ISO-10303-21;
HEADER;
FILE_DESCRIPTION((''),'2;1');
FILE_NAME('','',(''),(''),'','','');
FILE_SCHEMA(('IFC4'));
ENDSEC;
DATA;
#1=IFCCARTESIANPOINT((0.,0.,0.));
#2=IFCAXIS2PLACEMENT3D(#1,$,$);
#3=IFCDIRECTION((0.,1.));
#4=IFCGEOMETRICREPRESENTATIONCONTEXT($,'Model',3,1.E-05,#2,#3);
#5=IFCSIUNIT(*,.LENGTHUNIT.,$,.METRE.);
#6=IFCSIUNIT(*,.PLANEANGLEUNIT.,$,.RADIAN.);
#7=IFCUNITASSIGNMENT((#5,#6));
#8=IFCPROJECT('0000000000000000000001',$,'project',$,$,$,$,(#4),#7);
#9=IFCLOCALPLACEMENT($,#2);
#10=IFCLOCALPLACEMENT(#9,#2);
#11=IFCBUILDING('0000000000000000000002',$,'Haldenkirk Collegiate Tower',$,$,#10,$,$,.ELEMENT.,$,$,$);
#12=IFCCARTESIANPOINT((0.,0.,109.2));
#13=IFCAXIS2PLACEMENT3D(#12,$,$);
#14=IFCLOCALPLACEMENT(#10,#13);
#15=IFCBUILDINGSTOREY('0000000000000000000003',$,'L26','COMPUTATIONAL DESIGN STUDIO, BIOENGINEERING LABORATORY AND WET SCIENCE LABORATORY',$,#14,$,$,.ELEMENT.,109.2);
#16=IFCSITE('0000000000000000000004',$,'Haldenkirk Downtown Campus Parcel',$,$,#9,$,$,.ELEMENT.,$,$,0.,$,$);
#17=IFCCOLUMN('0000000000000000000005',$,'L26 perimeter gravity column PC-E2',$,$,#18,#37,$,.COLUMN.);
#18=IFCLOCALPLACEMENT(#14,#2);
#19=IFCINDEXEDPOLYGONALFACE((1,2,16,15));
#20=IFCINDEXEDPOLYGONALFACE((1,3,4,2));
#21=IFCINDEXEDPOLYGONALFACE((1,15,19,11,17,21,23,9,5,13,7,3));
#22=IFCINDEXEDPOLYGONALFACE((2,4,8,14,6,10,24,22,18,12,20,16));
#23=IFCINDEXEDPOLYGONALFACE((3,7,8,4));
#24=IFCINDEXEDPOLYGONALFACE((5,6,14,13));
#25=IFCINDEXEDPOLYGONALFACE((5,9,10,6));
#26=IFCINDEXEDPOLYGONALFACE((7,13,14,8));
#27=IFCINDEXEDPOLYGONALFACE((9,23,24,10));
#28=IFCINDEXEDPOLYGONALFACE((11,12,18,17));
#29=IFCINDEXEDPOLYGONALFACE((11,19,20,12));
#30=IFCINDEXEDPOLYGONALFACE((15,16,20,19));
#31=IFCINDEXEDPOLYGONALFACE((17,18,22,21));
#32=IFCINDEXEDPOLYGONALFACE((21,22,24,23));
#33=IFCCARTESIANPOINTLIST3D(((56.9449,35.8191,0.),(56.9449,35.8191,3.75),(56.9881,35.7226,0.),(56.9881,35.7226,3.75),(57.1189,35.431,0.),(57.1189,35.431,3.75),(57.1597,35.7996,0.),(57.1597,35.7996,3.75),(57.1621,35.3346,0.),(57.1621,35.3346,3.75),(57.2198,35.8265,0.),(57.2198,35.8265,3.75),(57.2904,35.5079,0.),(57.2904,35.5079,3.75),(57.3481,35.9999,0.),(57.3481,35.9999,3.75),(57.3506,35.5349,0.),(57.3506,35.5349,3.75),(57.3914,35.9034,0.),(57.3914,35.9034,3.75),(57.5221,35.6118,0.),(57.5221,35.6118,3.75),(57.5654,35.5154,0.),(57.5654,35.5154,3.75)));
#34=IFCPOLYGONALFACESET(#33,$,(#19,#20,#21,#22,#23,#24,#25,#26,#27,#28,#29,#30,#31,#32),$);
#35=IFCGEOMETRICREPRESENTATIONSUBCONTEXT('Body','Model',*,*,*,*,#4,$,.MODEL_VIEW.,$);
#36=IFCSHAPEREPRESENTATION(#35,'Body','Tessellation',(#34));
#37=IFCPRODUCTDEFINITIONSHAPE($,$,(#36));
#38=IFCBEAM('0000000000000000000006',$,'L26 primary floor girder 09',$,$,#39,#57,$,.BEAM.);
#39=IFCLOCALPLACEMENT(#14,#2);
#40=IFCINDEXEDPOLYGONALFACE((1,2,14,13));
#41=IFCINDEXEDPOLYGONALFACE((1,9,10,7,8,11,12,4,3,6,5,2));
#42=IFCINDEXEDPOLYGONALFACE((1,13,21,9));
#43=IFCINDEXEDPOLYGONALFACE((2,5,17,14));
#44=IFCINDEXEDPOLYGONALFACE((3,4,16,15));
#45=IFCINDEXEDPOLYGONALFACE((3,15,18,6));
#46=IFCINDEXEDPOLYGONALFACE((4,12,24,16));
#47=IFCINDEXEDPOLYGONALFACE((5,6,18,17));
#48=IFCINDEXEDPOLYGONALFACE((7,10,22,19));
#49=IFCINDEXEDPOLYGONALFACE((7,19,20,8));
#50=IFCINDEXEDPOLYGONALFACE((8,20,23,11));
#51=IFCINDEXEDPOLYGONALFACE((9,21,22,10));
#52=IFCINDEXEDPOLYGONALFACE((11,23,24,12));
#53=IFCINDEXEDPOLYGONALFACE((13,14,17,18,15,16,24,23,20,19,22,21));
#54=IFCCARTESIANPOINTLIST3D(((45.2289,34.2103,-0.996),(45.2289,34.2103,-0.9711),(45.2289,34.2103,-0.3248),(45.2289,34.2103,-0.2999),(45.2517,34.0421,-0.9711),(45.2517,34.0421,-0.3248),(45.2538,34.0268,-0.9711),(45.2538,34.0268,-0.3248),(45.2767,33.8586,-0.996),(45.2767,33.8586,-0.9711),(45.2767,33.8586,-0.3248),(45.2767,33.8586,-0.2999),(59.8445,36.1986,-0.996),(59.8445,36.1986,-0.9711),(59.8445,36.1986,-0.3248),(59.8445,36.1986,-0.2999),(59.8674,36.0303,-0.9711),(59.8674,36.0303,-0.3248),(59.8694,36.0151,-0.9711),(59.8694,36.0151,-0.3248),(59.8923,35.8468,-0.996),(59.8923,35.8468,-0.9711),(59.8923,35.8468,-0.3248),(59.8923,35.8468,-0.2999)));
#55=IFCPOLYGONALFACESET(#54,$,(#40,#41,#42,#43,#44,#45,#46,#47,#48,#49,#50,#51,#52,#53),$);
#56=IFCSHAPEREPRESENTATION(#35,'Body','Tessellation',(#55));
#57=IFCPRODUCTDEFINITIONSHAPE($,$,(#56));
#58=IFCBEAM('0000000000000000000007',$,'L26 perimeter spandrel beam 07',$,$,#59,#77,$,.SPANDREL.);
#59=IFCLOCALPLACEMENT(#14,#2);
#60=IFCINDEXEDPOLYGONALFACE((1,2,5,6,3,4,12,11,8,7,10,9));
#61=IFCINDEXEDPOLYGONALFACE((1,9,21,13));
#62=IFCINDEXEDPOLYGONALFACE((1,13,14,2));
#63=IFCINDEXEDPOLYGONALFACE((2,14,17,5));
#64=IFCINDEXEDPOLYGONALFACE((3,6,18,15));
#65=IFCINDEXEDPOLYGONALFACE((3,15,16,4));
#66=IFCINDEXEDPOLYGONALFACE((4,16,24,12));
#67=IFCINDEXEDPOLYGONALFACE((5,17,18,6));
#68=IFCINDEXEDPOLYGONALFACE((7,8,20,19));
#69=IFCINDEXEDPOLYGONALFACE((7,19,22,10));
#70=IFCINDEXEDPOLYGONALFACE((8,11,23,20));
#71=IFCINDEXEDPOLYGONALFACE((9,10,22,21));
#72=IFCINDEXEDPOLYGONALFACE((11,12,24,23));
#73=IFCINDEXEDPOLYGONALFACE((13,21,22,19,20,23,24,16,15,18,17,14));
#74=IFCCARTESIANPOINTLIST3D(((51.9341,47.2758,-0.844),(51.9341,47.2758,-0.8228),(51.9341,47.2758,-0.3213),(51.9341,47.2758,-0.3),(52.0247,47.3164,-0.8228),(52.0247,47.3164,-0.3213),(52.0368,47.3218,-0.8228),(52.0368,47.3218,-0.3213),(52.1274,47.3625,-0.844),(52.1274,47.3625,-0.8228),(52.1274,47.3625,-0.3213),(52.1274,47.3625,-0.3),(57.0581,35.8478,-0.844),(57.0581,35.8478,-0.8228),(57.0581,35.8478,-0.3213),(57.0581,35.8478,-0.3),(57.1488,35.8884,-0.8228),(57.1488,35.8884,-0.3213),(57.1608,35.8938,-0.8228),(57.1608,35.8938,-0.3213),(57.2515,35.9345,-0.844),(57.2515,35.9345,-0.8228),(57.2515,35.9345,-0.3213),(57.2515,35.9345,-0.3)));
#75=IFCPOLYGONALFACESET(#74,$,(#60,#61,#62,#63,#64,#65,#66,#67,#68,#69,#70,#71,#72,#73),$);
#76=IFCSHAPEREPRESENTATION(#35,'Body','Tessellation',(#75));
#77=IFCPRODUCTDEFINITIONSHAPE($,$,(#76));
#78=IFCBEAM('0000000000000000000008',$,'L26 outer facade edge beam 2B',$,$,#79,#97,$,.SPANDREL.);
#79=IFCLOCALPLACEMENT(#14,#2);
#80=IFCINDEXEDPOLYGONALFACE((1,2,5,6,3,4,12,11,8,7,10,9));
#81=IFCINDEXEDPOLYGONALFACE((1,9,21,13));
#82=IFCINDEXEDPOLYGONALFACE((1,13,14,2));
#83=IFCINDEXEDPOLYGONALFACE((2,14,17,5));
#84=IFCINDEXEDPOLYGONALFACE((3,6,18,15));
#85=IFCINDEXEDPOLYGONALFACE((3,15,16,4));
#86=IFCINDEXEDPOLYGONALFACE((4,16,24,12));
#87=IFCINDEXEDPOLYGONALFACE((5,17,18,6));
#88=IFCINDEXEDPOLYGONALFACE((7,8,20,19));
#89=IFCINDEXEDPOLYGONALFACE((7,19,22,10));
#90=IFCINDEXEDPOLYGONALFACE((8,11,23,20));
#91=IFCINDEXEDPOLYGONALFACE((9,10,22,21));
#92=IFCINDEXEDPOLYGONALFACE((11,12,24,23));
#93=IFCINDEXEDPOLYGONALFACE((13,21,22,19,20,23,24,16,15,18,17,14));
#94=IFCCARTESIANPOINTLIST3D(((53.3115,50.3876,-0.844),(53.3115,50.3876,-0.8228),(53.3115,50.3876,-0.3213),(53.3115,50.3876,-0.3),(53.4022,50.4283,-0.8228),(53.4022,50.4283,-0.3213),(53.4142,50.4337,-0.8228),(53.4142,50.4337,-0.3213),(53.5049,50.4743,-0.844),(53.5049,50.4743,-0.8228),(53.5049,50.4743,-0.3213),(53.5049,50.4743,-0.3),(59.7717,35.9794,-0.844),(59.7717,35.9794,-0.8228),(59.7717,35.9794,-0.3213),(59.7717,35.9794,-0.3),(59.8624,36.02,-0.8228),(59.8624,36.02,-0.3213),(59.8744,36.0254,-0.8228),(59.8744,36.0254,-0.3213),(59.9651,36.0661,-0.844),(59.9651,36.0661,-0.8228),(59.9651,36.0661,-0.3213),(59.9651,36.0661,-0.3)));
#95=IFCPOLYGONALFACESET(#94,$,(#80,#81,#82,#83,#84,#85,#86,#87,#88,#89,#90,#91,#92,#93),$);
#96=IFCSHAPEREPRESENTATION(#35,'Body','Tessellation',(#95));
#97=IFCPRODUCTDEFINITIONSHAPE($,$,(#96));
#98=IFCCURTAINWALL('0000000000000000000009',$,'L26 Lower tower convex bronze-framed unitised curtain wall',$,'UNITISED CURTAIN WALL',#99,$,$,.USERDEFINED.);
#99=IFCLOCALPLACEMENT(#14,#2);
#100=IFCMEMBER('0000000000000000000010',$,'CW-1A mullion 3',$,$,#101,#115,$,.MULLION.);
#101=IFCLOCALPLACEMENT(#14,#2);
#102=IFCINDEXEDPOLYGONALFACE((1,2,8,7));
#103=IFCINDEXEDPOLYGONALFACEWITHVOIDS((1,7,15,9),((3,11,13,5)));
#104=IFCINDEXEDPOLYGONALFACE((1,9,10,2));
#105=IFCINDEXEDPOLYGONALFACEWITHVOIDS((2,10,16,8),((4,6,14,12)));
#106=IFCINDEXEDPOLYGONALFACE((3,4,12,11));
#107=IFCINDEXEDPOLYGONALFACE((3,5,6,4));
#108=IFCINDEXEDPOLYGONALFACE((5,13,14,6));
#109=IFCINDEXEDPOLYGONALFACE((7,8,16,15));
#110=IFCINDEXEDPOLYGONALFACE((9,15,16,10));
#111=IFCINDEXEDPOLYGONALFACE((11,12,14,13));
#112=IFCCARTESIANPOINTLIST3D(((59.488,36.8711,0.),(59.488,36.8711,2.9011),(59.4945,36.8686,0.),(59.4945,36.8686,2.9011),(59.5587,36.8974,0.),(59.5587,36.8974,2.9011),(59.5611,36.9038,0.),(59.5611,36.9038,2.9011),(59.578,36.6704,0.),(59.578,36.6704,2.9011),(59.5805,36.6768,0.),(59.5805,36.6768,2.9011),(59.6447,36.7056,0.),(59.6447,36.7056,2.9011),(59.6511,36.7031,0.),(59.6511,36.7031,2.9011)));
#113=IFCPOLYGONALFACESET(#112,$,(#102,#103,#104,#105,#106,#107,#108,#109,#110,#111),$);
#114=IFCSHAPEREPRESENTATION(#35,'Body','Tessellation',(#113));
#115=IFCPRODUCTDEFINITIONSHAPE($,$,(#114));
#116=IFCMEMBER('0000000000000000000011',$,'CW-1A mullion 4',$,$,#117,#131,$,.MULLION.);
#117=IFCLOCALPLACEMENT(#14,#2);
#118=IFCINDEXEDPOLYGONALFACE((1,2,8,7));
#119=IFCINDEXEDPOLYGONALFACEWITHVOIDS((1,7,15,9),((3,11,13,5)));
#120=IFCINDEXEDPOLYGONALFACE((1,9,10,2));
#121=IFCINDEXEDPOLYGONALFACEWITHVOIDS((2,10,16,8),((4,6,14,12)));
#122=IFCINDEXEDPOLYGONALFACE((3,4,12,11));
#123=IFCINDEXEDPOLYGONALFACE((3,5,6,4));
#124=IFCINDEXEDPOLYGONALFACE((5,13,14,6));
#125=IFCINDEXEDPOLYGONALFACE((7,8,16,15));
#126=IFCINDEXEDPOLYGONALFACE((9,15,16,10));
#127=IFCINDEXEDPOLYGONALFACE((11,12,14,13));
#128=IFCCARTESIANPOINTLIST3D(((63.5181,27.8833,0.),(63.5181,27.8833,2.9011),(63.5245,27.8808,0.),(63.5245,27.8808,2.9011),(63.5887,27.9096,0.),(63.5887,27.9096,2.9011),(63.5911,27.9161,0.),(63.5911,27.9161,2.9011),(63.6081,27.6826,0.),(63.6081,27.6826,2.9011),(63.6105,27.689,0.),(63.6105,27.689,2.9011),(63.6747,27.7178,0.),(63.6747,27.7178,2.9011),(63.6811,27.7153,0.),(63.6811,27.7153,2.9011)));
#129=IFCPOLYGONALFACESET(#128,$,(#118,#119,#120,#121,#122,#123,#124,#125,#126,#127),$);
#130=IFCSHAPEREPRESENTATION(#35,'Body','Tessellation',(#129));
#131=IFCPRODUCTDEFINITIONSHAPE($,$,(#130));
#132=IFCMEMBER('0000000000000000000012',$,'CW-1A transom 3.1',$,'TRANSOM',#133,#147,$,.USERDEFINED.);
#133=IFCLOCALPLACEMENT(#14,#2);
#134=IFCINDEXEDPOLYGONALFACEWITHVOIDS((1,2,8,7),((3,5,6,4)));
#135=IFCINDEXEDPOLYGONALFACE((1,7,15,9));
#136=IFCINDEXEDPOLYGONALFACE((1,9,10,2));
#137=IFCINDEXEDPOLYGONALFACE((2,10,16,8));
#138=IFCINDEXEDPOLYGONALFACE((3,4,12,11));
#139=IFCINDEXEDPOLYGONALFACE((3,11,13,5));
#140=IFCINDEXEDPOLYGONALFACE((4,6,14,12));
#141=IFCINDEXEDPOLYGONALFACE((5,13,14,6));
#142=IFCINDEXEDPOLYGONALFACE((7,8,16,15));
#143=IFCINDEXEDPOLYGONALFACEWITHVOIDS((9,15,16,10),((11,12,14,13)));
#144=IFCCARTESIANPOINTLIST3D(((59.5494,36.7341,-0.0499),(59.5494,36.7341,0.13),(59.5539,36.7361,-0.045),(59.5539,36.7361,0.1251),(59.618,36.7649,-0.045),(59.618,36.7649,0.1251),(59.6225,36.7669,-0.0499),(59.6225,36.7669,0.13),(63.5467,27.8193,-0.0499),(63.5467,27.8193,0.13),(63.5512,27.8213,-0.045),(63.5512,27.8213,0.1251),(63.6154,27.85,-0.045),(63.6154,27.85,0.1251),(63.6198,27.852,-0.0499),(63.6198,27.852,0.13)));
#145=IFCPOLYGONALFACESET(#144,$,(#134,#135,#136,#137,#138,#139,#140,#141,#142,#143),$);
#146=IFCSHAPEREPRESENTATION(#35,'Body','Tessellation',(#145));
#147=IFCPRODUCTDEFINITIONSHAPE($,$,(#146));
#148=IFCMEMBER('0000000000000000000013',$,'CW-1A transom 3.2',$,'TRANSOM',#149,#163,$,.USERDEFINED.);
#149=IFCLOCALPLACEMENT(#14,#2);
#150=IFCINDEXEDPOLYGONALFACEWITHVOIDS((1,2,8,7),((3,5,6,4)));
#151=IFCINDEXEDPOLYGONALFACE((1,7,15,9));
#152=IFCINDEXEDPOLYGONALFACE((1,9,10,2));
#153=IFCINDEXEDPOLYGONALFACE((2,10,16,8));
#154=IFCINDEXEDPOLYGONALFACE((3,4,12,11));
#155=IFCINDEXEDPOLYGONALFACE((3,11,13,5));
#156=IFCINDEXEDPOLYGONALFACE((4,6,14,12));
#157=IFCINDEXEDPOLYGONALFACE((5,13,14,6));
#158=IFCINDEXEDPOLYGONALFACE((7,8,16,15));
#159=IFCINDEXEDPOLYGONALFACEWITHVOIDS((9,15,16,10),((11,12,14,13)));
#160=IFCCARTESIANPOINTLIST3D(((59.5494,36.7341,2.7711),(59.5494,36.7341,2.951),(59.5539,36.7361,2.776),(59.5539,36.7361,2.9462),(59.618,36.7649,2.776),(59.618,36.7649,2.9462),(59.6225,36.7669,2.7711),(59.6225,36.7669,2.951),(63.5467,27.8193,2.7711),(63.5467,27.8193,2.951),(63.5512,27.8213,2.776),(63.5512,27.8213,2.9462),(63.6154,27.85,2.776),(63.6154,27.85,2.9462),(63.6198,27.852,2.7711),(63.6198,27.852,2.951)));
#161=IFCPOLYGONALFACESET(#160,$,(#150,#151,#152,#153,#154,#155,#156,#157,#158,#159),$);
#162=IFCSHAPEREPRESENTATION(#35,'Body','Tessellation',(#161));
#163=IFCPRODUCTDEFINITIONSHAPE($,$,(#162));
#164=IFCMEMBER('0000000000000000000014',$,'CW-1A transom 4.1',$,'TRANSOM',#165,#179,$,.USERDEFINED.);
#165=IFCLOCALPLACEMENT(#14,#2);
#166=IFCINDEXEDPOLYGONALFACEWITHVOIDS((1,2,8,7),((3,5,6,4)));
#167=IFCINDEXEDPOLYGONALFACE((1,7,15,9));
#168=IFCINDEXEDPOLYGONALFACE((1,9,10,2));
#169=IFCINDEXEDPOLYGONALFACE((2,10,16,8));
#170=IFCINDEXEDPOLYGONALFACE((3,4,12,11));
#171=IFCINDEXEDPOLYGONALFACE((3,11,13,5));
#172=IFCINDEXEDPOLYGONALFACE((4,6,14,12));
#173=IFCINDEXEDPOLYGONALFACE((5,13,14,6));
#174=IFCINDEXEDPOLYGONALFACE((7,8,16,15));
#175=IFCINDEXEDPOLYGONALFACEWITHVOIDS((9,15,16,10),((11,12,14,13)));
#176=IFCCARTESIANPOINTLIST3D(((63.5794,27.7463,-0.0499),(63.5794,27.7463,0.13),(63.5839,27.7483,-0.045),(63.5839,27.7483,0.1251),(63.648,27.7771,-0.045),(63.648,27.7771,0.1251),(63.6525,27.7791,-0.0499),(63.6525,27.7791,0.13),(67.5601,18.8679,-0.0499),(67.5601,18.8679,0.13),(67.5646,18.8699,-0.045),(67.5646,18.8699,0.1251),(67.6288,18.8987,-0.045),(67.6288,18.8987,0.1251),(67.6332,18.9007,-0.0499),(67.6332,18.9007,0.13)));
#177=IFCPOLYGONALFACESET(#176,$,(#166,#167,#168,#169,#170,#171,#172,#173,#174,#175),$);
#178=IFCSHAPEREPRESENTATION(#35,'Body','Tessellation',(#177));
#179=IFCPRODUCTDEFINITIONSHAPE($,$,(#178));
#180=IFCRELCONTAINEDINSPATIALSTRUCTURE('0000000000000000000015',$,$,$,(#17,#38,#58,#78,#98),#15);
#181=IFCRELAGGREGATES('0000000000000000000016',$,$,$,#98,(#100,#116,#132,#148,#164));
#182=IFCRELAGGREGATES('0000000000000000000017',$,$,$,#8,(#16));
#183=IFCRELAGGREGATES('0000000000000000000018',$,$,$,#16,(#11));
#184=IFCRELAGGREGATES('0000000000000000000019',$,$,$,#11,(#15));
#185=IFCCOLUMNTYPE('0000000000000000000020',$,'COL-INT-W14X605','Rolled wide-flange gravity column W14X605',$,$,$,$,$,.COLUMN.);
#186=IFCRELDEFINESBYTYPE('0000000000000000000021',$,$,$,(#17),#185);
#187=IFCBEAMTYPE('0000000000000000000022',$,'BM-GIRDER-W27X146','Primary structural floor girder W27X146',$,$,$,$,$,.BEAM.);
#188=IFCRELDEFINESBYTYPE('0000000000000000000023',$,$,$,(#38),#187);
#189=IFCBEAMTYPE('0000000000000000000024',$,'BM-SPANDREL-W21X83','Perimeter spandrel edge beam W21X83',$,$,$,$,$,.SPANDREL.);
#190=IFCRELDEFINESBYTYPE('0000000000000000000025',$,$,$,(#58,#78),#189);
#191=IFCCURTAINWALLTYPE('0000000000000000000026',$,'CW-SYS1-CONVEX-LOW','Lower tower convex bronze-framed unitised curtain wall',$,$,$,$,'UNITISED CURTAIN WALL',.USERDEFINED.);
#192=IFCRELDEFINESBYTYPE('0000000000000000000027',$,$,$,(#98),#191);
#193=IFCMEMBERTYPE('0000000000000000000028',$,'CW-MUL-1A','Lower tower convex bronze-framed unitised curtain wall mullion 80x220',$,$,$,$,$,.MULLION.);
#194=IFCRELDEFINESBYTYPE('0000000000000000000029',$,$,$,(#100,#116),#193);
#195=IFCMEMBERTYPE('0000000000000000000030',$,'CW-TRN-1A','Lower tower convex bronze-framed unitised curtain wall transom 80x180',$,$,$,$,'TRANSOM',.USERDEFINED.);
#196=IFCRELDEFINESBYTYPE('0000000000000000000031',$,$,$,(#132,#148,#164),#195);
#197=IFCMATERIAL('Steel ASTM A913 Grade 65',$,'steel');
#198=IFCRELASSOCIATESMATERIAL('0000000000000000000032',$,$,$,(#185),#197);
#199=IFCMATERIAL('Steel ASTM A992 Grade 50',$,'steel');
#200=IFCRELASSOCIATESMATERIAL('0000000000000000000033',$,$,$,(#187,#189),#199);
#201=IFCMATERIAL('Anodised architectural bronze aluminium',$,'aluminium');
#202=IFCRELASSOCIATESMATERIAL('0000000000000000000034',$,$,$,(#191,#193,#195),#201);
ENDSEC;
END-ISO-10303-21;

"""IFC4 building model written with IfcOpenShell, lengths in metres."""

from ifc_helpers import new_model, si_unit, direction, frame, origin, origin_2d, place, context, subcontext, project, spatial, hollow_rectangle, i_section, extrude, material, material_profile, profile_set, type_object, element, aggregate, save


model = new_model("IFC4")

# Units and contexts
model_context = context("Model", 3, precision=1e-05, world=origin(), true_north=direction((0.0, 1.0)))
body_context = subcontext(model_context, "Body", "Model", "MODEL_VIEW")
ifc_project = project(units=[si_unit("LENGTHUNIT", "METRE"), si_unit("PLANEANGLEUNIT", "RADIAN")], contexts=[model_context])

# Site, building, storey
site_placement = place(None, origin())
site = spatial("IfcSite", under=ifc_project, at=site_placement, Name="Haldenkirk Downtown Campus Parcel", CompositionType="ELEMENT", RefElevation=0.0)
building_placement = place(site_placement, origin())
building = spatial("IfcBuilding", under=site, at=building_placement, Name="Haldenkirk Collegiate Tower", CompositionType="ELEMENT")
storey_placement = place(building_placement, frame((0.0, 0.0, 109.2)))
storey = spatial("IfcBuildingStorey", under=building, at=storey_placement, Name="L26", Description="COMPUTATIONAL DESIGN STUDIO, BIOENGINEERING LABORATORY AND WET SCIENCE LABORATORY", CompositionType="ELEMENT", Elevation=109.2)

# Column
ifc_material_1 = material(Name="Steel ASTM A913 Grade 65", Category="steel")
ifc_material_profile_1 = material_profile(ifc_material_1, i_section(OverallWidth=0.4419, OverallDepth=0.531, WebThickness=0.0659, FlangeThickness=0.1057, at=origin_2d()), Name="W14X605")
ifc_profile_set_1 = profile_set([ifc_material_profile_1], Name="Steel ASTM A913 Grade 65")
column_type = type_object("IfcColumnType", Name="COL-INT-W14X605", Description="Rolled wide-flange gravity column W14X605", PredefinedType="COLUMN", material=ifc_profile_set_1)
column_placement = place(storey_placement, frame((57.2551, 35.6672, 0.0), z_axis=(0.0, 0.0, 1.0), x_axis=(0.912477, 0.409127, 0.0)))
element("IfcColumn", 1, at=column_placement, inside=storey, type_object=column_type, Name="L26 perimeter gravity column PC-E2", PredefinedType="COLUMN", context=body_context, shape_type="SweptSolid", body=[
    extrude(i_section(OverallWidth=0.4419, OverallDepth=0.531, WebThickness=0.0659, FlangeThickness=0.1057, at=origin_2d()), origin(), (0.0, 0.0, 1.0), 3.75),
])

# Beams
ifc_material_2 = material(Name="Steel ASTM A992 Grade 50", Category="steel")
ifc_material_profile_2 = material_profile(ifc_material_2, i_section(OverallWidth=0.355, OverallDepth=0.696, WebThickness=0.0154, FlangeThickness=0.0249, at=origin_2d()), Name="W27X146")
ifc_profile_set_2 = profile_set([ifc_material_profile_2], Name="Steel ASTM A992 Grade 50")
beam_type_1 = type_object("IfcBeamType", Name="BM-GIRDER-W27X146", Description="Primary structural floor girder W27X146", PredefinedType="BEAM", material=ifc_profile_set_2)
beam_1_placement = place(storey_placement, frame((59.8684, 36.0227, -0.6479), z_axis=(-0.990873, -0.134796, 0.0), x_axis=(0.134796, -0.990873, 0.0)))
element("IfcBeam", 2, at=beam_1_placement, inside=storey, type_object=beam_type_1, Name="L26 primary floor girder 09", PredefinedType="BEAM", context=body_context, shape_type="SweptSolid", body=[
    extrude(i_section(OverallWidth=0.355, OverallDepth=0.696, WebThickness=0.0154, FlangeThickness=0.0249, at=origin_2d()), origin(), (0.0, 0.0, 1.0), 14.7502),
])
ifc_material_profile_3 = material_profile(ifc_material_2, i_section(OverallWidth=0.2119, OverallDepth=0.5439, WebThickness=0.0132, FlangeThickness=0.0212, at=origin_2d()), Name="W21X83")
ifc_profile_set_3 = profile_set([ifc_material_profile_3], Name="Steel ASTM A992 Grade 50")
beam_type_2 = type_object("IfcBeamType", Name="BM-SPANDREL-W21X83", Description="Perimeter spandrel edge beam W21X83", PredefinedType="SPANDREL", material=ifc_profile_set_3)
beam_2_placement = place(storey_placement, frame((57.1548, 35.8911, -0.572), z_axis=(-0.409131, 0.912475, 0.0), x_axis=(-0.912475, -0.409131, 0.0)))
element("IfcBeam", 3, at=beam_2_placement, inside=storey, type_object=beam_type_2, Name="L26 perimeter spandrel beam 07", PredefinedType="SPANDREL", context=body_context, shape_type="SweptSolid", body=[
    extrude(i_section(OverallWidth=0.2119, OverallDepth=0.5439, WebThickness=0.0132, FlangeThickness=0.0212, at=origin_2d()), origin(), (0.0, 0.0, 1.0), 12.5242),
])
beam_3_placement = place(storey_placement, frame((59.8684, 36.0227, -0.572), z_axis=(-0.409127, 0.912477, 0.0), x_axis=(-0.912477, -0.409127, 0.0)))
element("IfcBeam", 4, at=beam_3_placement, inside=storey, type_object=beam_type_2, Name="L26 outer facade edge beam 2B", PredefinedType="SPANDREL", context=body_context, shape_type="SweptSolid", body=[
    extrude(i_section(OverallWidth=0.2119, OverallDepth=0.5439, WebThickness=0.0132, FlangeThickness=0.0212, at=origin_2d()), origin(), (0.0, 0.0, 1.0), 15.7903),
])

# Curtain wall, members
ifc_material_3 = material(Name="Anodised architectural bronze aluminium", Category="aluminium")
curtain_wall_type = type_object("IfcCurtainWallType", Name="CW-SYS1-CONVEX-LOW", Description="Lower tower convex bronze-framed unitised curtain wall", ElementType="UNITISED CURTAIN WALL", PredefinedType="USERDEFINED", material=ifc_material_3)
curtain_wall_placement = place(storey_placement, origin())
curtain_wall = element("IfcCurtainWall", 5, at=curtain_wall_placement, inside=storey, type_object=curtain_wall_type, Name="L26 Lower tower convex bronze-framed unitised curtain wall", ObjectType="UNITISED CURTAIN WALL", PredefinedType="USERDEFINED")
ifc_material_profile_4 = material_profile(ifc_material_3, hollow_rectangle(XDim=0.0801, YDim=0.22, WallThickness=0.0049, at=origin_2d()), Name="CW-MUL-1A")
ifc_profile_set_4 = profile_set([ifc_material_profile_4], Name="Anodised architectural bronze aluminium")
member_type_1 = type_object("IfcMemberType", Name="CW-MUL-1A", Description="Lower tower convex bronze-framed unitised curtain wall mullion 80x220", PredefinedType="MULLION", material=ifc_profile_set_4)
member_1_placement = place(storey_placement, frame((59.5696, 36.7871, 0.0), z_axis=(0.0, 0.0, 1.0), x_axis=(0.912476, 0.409129, 0.0)))
member_1 = element("IfcMember", 6, at=member_1_placement, type_object=member_type_1, Name="CW-1A mullion 3", PredefinedType="MULLION", context=body_context, shape_type="SweptSolid", body=[
    extrude(hollow_rectangle(XDim=0.0801, YDim=0.22, WallThickness=0.0049, at=origin_2d()), origin(), (0.0, 0.0, 1.0), 2.9011),
])
member_2_placement = place(storey_placement, frame((63.5996, 27.7993, 0.0), z_axis=(0.0, 0.0, 1.0), x_axis=(0.912476, 0.409129, 0.0)))
member_2 = element("IfcMember", 7, at=member_2_placement, type_object=member_type_1, Name="CW-1A mullion 4", PredefinedType="MULLION", context=body_context, shape_type="SweptSolid", body=[
    extrude(hollow_rectangle(XDim=0.0801, YDim=0.22, WallThickness=0.0049, at=origin_2d()), origin(), (0.0, 0.0, 1.0), 2.9011),
])
ifc_material_profile_5 = material_profile(ifc_material_3, hollow_rectangle(XDim=0.0801, YDim=0.1799, WallThickness=0.0049, at=origin_2d()), Name="CW-TRN-1A")
ifc_profile_set_5 = profile_set([ifc_material_profile_5], Name="Anodised architectural bronze aluminium")
member_type_2 = type_object("IfcMemberType", Name="CW-TRN-1A", Description="Lower tower convex bronze-framed unitised curtain wall transom 80x180", ElementType="TRANSOM", PredefinedType="USERDEFINED", material=ifc_profile_set_5)
member_3_placement = place(storey_placement, frame((59.5859, 36.7505, 0.04), z_axis=(0.409143, -0.91247, 0.0), x_axis=(0.91247, 0.409143, 0.0)))
member_3 = element("IfcMember", 8, at=member_3_placement, type_object=member_type_2, Name="CW-1A transom 3.1", ObjectType="TRANSOM", PredefinedType="USERDEFINED", context=body_context, shape_type="SweptSolid", body=[
    extrude(hollow_rectangle(XDim=0.0801, YDim=0.1799, WallThickness=0.0049, at=origin_2d()), origin(), (0.0, 0.0, 1.0), 9.77),
])
member_4_placement = place(storey_placement, frame((59.5859, 36.7505, 2.8611), z_axis=(0.409143, -0.91247, 0.0), x_axis=(0.91247, 0.409143, 0.0)))
member_4 = element("IfcMember", 9, at=member_4_placement, type_object=member_type_2, Name="CW-1A transom 3.2", ObjectType="TRANSOM", PredefinedType="USERDEFINED", context=body_context, shape_type="SweptSolid", body=[
    extrude(hollow_rectangle(XDim=0.0801, YDim=0.1799, WallThickness=0.0049, at=origin_2d()), origin(), (0.0, 0.0, 1.0), 9.77),
])
member_5_placement = place(storey_placement, frame((63.616, 27.7627, 0.04), z_axis=(0.409119, -0.912481, 0.0), x_axis=(0.912481, 0.409119, 0.0)))
member_5 = element("IfcMember", 10, at=member_5_placement, type_object=member_type_2, Name="CW-1A transom 4.1", ObjectType="TRANSOM", PredefinedType="USERDEFINED", context=body_context, shape_type="SweptSolid", body=[
    extrude(hollow_rectangle(XDim=0.0801, YDim=0.1799, WallThickness=0.0049, at=origin_2d()), origin(), (0.0, 0.0, 1.0), 9.73),
])
aggregate(curtain_wall, [member_1, member_2, member_3, member_4, member_5])

save(model, "model.ifc")
